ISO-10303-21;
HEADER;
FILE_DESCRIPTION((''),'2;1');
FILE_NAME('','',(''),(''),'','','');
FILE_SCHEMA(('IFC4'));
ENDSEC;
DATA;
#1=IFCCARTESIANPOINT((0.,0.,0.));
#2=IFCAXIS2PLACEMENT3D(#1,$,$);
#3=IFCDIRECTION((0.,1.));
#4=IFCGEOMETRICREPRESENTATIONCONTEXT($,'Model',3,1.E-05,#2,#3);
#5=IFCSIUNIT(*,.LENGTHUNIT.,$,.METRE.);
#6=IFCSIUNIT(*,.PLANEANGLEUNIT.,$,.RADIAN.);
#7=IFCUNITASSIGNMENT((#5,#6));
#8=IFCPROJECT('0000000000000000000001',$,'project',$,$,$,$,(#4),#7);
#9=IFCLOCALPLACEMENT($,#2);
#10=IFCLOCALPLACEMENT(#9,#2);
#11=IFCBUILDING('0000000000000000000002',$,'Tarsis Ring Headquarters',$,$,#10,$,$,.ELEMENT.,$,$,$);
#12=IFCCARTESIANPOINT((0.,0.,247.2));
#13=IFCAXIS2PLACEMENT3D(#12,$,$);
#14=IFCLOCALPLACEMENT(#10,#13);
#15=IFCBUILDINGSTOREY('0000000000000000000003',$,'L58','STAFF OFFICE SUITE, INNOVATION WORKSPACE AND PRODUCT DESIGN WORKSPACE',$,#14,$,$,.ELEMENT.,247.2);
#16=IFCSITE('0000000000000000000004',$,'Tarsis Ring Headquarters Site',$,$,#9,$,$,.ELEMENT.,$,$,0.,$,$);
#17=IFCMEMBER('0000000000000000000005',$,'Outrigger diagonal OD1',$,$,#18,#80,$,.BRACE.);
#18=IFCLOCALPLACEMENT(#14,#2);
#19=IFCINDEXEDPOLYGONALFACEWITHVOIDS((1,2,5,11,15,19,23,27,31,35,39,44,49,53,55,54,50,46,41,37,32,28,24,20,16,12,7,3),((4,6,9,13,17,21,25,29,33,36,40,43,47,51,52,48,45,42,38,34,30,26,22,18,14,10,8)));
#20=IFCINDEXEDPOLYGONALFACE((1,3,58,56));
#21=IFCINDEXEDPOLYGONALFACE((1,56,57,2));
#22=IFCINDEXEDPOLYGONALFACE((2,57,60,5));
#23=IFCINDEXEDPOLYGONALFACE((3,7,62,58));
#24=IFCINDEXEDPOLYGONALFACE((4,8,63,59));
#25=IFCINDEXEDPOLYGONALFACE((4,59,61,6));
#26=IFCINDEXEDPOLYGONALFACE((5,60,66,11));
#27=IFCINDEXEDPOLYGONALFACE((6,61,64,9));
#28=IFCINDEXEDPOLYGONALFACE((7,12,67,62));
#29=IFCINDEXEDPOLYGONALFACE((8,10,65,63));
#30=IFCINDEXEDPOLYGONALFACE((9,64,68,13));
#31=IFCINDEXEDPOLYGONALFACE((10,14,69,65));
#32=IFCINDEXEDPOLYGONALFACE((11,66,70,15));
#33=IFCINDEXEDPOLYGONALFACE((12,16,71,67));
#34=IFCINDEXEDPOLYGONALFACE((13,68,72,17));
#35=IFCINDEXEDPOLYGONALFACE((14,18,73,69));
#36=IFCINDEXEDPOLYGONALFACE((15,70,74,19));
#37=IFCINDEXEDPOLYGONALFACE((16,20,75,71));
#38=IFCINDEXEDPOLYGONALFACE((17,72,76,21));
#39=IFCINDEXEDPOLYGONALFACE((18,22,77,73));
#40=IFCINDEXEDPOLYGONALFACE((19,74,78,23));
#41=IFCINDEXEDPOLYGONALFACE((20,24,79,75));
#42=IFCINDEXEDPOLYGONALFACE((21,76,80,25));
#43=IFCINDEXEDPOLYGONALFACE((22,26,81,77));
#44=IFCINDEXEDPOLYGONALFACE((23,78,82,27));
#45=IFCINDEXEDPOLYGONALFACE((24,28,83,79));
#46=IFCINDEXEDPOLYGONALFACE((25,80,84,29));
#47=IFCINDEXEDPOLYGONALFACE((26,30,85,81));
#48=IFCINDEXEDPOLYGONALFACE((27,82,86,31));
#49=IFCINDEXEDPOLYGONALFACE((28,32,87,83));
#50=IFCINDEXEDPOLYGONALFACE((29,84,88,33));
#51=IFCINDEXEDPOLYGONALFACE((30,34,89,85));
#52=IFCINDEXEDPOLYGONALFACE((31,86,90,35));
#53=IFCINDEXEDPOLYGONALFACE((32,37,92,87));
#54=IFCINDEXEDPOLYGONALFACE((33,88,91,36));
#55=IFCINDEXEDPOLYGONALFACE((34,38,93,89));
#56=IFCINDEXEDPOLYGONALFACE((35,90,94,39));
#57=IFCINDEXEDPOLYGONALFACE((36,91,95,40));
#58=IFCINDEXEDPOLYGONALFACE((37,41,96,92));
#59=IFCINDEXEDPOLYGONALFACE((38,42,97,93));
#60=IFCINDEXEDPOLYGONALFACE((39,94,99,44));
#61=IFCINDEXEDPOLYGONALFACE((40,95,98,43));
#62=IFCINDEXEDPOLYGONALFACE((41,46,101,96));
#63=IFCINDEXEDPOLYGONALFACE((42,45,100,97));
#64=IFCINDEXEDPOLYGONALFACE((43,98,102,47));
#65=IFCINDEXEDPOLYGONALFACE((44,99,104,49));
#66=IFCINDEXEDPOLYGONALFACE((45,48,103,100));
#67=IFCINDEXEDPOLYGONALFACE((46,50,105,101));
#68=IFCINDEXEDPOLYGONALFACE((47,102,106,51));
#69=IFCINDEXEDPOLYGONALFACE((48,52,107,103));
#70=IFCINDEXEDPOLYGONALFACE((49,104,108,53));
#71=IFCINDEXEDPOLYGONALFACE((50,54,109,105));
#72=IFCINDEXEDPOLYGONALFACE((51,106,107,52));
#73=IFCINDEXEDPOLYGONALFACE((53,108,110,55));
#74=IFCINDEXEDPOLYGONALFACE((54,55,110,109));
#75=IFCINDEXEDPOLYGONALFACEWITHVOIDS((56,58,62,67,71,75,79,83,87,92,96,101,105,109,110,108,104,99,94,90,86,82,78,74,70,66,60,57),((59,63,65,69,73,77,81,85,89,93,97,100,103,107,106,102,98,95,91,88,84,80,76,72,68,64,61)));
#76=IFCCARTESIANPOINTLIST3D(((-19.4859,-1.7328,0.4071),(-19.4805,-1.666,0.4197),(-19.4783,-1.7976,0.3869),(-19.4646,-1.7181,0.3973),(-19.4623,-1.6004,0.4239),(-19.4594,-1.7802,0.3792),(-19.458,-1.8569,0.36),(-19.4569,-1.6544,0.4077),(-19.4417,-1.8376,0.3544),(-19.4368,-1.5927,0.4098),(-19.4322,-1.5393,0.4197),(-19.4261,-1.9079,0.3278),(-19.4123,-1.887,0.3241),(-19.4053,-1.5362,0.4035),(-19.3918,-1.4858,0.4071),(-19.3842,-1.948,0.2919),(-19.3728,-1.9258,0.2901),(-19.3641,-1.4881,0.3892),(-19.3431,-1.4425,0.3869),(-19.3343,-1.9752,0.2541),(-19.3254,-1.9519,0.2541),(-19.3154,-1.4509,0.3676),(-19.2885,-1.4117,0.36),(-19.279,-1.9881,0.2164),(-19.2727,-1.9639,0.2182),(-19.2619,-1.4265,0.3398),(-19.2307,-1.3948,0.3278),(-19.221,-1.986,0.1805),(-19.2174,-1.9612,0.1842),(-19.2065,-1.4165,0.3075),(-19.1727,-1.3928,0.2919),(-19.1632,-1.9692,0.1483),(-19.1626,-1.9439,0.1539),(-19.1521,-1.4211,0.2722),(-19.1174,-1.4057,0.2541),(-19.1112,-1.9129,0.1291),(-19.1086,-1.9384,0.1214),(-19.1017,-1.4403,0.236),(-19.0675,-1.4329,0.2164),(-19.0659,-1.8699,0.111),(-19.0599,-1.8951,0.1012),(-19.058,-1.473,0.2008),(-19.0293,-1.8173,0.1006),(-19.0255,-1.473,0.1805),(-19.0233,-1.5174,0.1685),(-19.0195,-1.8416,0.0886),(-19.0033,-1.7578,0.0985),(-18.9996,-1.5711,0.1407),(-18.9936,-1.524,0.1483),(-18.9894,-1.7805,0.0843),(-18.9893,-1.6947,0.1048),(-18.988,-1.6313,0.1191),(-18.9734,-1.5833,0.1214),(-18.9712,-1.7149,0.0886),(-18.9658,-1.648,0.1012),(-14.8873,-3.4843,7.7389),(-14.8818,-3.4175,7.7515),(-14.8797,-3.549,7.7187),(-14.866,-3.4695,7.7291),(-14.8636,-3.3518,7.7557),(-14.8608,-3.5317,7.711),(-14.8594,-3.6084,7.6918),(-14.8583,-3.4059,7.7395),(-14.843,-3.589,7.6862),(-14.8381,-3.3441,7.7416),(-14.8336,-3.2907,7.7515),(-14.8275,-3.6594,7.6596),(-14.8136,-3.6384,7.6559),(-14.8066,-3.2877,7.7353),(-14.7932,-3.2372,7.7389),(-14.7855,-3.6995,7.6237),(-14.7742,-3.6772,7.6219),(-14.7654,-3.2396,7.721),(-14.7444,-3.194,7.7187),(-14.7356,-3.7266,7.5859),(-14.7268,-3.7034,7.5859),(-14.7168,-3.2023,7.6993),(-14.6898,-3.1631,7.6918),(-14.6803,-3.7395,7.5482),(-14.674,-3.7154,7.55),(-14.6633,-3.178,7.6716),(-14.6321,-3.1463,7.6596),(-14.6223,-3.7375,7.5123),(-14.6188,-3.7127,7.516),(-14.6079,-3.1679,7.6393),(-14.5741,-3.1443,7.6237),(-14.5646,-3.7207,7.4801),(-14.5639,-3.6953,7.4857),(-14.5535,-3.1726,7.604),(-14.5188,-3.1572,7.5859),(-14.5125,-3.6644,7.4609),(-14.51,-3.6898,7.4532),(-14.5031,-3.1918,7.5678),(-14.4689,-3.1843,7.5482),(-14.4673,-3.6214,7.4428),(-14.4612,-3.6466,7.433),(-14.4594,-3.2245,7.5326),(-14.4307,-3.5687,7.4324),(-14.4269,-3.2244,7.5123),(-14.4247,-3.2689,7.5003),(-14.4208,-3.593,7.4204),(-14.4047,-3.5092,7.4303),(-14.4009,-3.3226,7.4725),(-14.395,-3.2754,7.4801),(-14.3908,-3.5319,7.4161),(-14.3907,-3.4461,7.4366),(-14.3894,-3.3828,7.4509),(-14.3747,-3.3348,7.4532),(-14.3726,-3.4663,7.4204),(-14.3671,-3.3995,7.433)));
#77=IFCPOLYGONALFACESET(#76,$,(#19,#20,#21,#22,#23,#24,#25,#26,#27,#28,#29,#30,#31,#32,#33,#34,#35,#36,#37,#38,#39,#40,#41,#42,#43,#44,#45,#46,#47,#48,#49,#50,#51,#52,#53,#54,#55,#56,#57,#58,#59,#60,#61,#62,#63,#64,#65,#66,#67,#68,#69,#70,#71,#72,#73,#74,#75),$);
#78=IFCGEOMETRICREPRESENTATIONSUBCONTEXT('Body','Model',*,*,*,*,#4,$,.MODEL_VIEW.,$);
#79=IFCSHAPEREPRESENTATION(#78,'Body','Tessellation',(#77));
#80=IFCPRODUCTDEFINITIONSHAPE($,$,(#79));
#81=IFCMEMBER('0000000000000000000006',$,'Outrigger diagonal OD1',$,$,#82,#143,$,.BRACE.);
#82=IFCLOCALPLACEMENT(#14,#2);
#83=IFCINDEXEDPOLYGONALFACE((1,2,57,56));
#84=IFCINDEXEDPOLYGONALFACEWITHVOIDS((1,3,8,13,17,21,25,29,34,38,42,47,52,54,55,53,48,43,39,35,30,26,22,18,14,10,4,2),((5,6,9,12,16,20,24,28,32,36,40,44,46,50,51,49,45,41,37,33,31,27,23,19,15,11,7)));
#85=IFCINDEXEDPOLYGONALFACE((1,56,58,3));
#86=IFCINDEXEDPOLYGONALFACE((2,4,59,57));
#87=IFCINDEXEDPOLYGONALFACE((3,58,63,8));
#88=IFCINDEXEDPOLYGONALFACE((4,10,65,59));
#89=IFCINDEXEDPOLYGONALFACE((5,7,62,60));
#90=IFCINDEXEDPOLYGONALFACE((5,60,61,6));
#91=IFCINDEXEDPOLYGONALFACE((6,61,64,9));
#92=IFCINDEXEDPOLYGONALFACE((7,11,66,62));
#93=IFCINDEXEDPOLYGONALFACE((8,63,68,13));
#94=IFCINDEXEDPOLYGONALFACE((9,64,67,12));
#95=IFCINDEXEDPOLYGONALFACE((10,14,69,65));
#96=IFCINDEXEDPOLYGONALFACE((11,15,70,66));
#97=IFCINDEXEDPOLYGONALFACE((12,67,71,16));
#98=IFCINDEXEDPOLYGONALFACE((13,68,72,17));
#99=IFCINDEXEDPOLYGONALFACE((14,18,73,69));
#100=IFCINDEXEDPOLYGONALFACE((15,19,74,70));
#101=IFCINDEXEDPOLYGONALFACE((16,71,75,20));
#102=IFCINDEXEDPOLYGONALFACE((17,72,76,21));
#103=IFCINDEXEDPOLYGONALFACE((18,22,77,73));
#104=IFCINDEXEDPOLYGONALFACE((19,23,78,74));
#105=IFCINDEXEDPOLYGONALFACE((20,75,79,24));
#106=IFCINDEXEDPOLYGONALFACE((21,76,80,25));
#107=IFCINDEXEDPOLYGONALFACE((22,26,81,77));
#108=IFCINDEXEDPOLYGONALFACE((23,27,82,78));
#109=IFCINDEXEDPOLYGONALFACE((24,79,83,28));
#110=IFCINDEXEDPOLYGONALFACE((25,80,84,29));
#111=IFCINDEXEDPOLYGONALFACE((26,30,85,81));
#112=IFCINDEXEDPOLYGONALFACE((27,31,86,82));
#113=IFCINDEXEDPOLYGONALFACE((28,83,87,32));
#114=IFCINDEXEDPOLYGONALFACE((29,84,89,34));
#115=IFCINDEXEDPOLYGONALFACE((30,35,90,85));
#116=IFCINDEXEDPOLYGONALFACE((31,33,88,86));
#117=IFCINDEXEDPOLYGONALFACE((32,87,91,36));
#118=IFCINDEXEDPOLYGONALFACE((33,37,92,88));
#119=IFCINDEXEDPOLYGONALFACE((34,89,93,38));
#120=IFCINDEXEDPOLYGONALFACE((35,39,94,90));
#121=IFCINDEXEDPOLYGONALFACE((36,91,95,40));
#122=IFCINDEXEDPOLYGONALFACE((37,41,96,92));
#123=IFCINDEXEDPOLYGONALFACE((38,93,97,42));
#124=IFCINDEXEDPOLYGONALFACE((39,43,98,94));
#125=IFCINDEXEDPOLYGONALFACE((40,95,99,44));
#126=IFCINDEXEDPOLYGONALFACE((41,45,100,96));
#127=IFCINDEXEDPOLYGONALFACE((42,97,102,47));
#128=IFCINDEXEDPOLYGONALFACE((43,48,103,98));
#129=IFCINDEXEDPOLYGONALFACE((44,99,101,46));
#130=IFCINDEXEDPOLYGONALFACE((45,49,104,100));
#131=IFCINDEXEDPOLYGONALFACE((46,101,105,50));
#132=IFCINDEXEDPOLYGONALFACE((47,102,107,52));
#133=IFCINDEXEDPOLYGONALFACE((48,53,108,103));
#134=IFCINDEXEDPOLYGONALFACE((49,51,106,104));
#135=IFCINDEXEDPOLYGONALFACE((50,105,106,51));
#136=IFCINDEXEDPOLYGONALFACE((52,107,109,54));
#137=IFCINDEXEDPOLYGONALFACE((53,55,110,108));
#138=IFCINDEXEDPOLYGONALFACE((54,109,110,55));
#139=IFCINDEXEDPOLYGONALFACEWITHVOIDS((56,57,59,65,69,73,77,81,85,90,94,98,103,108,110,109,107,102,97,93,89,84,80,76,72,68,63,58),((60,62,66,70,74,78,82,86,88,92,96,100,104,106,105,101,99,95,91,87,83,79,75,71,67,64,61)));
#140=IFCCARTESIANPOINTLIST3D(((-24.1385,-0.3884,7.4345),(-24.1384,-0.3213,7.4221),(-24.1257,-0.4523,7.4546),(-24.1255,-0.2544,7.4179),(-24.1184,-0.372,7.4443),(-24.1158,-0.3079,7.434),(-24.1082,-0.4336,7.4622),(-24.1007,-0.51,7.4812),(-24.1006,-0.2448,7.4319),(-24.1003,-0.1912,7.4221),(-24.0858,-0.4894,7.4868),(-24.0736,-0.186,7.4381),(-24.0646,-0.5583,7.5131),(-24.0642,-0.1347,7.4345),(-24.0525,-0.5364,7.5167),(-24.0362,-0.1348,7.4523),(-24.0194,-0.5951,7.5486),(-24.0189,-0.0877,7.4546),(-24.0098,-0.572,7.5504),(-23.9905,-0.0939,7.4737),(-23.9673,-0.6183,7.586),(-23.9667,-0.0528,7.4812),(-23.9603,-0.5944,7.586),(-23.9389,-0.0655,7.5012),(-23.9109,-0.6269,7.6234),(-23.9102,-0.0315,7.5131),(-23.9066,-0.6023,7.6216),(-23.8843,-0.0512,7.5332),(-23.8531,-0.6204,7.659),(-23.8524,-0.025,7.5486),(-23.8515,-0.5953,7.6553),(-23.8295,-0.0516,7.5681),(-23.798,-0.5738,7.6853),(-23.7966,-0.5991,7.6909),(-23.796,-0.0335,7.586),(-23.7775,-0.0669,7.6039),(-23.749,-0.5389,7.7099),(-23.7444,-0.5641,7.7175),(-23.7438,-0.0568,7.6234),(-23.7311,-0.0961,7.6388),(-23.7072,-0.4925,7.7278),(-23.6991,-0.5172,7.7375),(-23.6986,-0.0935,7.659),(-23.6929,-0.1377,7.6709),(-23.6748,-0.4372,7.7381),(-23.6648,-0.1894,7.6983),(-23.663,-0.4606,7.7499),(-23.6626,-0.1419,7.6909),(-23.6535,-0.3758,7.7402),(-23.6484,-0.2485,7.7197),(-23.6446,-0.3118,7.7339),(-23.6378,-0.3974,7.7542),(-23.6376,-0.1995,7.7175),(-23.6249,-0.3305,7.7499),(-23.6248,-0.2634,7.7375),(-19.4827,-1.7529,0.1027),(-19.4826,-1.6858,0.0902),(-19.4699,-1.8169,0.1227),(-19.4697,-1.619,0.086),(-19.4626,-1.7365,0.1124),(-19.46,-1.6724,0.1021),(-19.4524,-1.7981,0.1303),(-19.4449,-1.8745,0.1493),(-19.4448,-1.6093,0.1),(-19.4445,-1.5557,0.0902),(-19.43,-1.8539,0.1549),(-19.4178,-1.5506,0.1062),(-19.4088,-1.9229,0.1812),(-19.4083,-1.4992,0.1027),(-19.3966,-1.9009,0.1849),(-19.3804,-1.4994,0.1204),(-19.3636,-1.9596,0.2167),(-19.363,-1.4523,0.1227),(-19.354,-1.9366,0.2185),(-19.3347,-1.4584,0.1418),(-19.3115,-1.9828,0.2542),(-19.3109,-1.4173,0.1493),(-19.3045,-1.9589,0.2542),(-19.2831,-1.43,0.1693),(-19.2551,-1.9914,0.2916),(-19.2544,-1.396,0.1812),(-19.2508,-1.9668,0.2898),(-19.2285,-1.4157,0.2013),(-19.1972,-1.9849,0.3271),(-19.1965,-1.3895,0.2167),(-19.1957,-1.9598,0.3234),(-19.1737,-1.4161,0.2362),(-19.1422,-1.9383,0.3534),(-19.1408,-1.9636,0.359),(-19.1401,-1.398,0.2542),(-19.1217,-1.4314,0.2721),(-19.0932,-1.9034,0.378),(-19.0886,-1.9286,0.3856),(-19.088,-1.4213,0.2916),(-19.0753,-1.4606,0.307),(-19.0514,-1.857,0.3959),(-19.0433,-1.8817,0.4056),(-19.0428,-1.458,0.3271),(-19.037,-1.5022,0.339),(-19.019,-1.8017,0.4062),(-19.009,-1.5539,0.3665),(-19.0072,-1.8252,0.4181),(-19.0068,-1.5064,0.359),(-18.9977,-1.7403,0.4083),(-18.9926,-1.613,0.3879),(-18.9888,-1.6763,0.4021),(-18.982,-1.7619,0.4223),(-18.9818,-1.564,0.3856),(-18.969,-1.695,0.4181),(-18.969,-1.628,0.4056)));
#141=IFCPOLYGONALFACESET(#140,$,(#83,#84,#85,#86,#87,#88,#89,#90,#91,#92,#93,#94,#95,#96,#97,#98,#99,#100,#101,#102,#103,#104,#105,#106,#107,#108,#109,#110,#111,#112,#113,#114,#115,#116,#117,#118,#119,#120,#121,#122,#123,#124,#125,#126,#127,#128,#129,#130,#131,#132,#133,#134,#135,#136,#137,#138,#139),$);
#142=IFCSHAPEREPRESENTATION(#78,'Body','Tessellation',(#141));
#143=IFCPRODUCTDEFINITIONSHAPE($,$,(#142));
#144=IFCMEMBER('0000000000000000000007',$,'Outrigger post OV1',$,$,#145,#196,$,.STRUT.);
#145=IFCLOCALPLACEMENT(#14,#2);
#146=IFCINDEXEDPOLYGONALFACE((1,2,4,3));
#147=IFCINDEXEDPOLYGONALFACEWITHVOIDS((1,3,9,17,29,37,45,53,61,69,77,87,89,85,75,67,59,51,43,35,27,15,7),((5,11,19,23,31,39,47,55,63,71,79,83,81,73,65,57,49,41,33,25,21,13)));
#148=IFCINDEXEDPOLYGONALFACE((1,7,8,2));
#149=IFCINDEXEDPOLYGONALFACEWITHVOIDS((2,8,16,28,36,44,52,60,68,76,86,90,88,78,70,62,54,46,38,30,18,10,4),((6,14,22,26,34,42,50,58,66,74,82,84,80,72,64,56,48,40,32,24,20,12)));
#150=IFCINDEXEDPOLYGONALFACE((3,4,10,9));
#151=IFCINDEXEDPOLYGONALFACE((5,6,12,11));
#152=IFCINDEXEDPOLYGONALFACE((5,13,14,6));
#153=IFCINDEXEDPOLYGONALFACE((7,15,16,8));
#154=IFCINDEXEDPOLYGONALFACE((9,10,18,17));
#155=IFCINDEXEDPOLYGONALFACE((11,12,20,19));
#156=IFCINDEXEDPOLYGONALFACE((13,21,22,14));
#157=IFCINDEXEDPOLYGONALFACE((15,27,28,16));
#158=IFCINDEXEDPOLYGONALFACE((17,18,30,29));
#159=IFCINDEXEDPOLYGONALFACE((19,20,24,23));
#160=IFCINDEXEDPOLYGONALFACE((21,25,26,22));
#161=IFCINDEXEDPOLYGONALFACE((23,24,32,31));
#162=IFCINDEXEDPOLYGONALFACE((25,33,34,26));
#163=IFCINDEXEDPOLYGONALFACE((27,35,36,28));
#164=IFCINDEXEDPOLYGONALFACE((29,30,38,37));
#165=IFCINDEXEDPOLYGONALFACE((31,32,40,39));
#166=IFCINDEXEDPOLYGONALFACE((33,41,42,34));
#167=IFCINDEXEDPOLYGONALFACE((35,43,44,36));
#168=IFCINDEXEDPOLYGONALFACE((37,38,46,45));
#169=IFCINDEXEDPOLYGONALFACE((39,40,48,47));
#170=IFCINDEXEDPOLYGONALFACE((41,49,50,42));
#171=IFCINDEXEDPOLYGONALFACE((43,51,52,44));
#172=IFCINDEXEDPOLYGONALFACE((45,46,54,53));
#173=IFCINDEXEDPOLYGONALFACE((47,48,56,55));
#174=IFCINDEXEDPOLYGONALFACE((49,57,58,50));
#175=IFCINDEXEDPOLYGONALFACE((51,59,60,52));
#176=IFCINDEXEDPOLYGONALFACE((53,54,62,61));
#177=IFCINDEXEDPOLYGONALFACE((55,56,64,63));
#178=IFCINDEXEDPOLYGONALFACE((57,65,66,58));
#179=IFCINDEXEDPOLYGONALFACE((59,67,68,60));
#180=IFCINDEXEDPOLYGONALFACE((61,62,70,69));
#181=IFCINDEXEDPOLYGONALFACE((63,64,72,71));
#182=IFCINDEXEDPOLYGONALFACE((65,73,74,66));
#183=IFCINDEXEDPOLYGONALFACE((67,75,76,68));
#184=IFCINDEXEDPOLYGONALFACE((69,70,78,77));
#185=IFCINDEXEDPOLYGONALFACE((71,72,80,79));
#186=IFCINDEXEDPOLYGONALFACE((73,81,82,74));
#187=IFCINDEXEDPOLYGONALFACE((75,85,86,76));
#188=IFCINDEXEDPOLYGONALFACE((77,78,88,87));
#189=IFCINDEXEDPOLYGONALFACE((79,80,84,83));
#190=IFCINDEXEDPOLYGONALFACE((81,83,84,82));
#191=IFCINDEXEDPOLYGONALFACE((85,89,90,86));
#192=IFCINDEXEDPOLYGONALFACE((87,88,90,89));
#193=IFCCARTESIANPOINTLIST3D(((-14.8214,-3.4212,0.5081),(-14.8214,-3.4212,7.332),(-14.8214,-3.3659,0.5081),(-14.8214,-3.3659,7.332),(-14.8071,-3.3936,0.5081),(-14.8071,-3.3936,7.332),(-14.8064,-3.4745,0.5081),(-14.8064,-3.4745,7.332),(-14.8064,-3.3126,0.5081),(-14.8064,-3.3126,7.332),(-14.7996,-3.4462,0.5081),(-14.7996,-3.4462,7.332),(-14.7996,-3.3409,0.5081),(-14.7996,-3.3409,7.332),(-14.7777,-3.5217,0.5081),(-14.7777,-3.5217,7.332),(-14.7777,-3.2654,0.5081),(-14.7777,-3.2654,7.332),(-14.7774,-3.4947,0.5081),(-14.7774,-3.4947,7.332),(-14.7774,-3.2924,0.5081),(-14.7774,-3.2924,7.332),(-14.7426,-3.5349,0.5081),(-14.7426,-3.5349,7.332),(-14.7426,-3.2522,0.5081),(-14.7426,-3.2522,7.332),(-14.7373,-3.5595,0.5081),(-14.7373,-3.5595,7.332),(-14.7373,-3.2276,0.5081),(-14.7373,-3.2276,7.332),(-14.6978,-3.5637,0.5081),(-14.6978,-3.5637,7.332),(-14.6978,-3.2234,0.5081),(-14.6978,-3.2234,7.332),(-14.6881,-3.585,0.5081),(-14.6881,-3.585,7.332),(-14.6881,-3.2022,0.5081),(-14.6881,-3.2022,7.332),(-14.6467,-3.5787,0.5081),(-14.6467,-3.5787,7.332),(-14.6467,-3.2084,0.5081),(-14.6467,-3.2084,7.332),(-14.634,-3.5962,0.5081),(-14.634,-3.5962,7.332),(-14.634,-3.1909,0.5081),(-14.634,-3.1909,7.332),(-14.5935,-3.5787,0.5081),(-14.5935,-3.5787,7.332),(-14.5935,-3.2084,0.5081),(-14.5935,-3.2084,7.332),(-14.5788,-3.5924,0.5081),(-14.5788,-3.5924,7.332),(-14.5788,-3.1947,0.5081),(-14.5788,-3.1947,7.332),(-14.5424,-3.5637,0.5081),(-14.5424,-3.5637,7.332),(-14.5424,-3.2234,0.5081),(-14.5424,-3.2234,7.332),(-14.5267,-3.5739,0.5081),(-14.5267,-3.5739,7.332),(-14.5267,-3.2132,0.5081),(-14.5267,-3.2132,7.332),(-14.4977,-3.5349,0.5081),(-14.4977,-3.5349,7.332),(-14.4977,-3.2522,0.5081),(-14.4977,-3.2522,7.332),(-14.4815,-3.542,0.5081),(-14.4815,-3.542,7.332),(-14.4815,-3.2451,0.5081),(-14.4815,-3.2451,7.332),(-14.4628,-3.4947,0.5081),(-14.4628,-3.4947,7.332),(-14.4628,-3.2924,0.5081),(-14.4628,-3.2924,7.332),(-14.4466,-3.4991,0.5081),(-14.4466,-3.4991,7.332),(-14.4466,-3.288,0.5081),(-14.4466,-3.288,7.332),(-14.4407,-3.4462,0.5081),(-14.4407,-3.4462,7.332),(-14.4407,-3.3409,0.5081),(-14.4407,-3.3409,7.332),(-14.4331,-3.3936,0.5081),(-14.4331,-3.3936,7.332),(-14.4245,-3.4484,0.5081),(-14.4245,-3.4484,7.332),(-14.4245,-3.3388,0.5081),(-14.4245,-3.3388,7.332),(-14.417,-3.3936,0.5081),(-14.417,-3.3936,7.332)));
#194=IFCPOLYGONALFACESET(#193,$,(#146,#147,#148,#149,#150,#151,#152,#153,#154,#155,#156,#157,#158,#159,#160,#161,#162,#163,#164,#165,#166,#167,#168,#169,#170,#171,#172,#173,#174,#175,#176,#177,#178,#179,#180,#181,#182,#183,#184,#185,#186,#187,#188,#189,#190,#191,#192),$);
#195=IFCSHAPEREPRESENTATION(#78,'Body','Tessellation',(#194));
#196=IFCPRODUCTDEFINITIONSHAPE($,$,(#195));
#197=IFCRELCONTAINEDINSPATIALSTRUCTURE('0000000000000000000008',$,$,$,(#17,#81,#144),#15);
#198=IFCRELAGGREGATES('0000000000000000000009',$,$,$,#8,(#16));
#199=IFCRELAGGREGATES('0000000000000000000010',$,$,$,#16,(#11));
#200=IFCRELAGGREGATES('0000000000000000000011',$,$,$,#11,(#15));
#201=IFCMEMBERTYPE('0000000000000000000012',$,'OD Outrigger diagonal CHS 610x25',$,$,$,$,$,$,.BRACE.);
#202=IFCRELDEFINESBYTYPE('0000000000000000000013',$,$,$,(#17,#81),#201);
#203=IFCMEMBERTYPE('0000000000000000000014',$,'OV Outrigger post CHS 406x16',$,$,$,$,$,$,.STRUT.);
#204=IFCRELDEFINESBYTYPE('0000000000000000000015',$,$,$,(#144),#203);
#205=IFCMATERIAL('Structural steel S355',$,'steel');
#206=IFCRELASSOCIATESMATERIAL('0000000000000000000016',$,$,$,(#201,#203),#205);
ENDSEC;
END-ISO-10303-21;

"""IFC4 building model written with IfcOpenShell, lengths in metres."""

from ifc_helpers import new_model, si_unit, direction, frame, origin, origin_2d, place, context, subcontext, project, spatial, hollow_circle, extrude, material, material_profile, profile_set, type_object, element, save


model = new_model("IFC4")

# Units and contexts
model_context = context("Model", 3, precision=1e-05, world=origin(), true_north=direction((0.0, 1.0)))
body_context = subcontext(model_context, "Body", "Model", "MODEL_VIEW")
ifc_project = project(units=[si_unit("LENGTHUNIT", "METRE"), si_unit("PLANEANGLEUNIT", "RADIAN")], contexts=[model_context])

# Site, building, storey
site_placement = place(None, origin())
site = spatial("IfcSite", under=ifc_project, at=site_placement, Name="Tarsis Ring Headquarters Site", CompositionType="ELEMENT", RefElevation=0.0)
building_placement = place(site_placement, origin())
building = spatial("IfcBuilding", under=site, at=building_placement, Name="Tarsis Ring Headquarters", CompositionType="ELEMENT")
storey_placement = place(building_placement, frame((0.0, 0.0, 247.2)))
storey = spatial("IfcBuildingStorey", under=building, at=storey_placement, Name="L58", Description="STAFF OFFICE SUITE, INNOVATION WORKSPACE AND PRODUCT DESIGN WORKSPACE", CompositionType="ELEMENT", Elevation=247.2)

# Members
ifc_material_1 = material(Name="Structural steel S355", Category="steel")
ifc_material_profile_1 = material_profile(ifc_material_1, hollow_circle(Radius=0.3047, WallThickness=0.0249, at=origin_2d()), Name="CHS 610x25")
ifc_profile_set_1 = profile_set([ifc_material_profile_1], Name="Structural steel S355")
member_type_1 = type_object("IfcMemberType", Name="OD Outrigger diagonal CHS 610x25", PredefinedType="BRACE", material=ifc_profile_set_1)
member_1_placement = place(storey_placement, frame((-14.6272, -3.4419, 7.5859), z_axis=(-0.520792, 0.198352, -0.83032), x_axis=(-0.355925, -0.934514, 0.0)))
element("IfcMember", 1, at=member_1_placement, inside=storey, type_object=member_type_1, Name="Outrigger diagonal OD1", PredefinedType="BRACE", context=body_context, shape_type="SweptSolid", body=[
    extrude(hollow_circle(Radius=0.3047, WallThickness=0.0249, at=origin_2d()), origin(), (0.0, 0.0, 1.0), 8.8301),
])
member_2_placement = place(storey_placement, frame((-19.2258, -1.6904, 0.2542), z_axis=(-0.529566, 0.155204, 0.833949), x_axis=(-0.281248, -0.959635, 0.0)))
element("IfcMember", 2, at=member_2_placement, inside=storey, type_object=member_type_1, Name="Outrigger diagonal OD1", PredefinedType="BRACE", context=body_context, shape_type="SweptSolid", body=[
    extrude(hollow_circle(Radius=0.3047, WallThickness=0.0249, at=origin_2d()), origin(), (0.0, 0.0, 1.0), 8.7917),
])
ifc_material_profile_2 = material_profile(ifc_material_1, hollow_circle(Radius=0.2031, WallThickness=0.0161, at=origin_2d()), Name="CHS 406x16")
ifc_profile_set_2 = profile_set([ifc_material_profile_2], Name="Structural steel S355")
member_type_2 = type_object("IfcMemberType", Name="OV Outrigger post CHS 406x16", PredefinedType="STRUT", material=ifc_profile_set_2)
for number, where, z_axis, x_axis, name in (
    (3, (-14.6201, -3.3936, 0.5081), (0.0, 0.0, 1.0), (1.0, 0.0, 0.0), "Outrigger post OV1"),
):
    element("IfcMember", number, at=place(storey_placement, frame(where, z_axis=z_axis, x_axis=x_axis)), inside=storey, type_object=member_type_2, Name=name, PredefinedType="STRUT", context=body_context, shape_type="SweptSolid", body=[
        extrude(hollow_circle(Radius=0.2031, WallThickness=0.0161, at=origin_2d()), origin(), (0.0, 0.0, 1.0), 6.824),
    ])

save(model, "model.ifc")
